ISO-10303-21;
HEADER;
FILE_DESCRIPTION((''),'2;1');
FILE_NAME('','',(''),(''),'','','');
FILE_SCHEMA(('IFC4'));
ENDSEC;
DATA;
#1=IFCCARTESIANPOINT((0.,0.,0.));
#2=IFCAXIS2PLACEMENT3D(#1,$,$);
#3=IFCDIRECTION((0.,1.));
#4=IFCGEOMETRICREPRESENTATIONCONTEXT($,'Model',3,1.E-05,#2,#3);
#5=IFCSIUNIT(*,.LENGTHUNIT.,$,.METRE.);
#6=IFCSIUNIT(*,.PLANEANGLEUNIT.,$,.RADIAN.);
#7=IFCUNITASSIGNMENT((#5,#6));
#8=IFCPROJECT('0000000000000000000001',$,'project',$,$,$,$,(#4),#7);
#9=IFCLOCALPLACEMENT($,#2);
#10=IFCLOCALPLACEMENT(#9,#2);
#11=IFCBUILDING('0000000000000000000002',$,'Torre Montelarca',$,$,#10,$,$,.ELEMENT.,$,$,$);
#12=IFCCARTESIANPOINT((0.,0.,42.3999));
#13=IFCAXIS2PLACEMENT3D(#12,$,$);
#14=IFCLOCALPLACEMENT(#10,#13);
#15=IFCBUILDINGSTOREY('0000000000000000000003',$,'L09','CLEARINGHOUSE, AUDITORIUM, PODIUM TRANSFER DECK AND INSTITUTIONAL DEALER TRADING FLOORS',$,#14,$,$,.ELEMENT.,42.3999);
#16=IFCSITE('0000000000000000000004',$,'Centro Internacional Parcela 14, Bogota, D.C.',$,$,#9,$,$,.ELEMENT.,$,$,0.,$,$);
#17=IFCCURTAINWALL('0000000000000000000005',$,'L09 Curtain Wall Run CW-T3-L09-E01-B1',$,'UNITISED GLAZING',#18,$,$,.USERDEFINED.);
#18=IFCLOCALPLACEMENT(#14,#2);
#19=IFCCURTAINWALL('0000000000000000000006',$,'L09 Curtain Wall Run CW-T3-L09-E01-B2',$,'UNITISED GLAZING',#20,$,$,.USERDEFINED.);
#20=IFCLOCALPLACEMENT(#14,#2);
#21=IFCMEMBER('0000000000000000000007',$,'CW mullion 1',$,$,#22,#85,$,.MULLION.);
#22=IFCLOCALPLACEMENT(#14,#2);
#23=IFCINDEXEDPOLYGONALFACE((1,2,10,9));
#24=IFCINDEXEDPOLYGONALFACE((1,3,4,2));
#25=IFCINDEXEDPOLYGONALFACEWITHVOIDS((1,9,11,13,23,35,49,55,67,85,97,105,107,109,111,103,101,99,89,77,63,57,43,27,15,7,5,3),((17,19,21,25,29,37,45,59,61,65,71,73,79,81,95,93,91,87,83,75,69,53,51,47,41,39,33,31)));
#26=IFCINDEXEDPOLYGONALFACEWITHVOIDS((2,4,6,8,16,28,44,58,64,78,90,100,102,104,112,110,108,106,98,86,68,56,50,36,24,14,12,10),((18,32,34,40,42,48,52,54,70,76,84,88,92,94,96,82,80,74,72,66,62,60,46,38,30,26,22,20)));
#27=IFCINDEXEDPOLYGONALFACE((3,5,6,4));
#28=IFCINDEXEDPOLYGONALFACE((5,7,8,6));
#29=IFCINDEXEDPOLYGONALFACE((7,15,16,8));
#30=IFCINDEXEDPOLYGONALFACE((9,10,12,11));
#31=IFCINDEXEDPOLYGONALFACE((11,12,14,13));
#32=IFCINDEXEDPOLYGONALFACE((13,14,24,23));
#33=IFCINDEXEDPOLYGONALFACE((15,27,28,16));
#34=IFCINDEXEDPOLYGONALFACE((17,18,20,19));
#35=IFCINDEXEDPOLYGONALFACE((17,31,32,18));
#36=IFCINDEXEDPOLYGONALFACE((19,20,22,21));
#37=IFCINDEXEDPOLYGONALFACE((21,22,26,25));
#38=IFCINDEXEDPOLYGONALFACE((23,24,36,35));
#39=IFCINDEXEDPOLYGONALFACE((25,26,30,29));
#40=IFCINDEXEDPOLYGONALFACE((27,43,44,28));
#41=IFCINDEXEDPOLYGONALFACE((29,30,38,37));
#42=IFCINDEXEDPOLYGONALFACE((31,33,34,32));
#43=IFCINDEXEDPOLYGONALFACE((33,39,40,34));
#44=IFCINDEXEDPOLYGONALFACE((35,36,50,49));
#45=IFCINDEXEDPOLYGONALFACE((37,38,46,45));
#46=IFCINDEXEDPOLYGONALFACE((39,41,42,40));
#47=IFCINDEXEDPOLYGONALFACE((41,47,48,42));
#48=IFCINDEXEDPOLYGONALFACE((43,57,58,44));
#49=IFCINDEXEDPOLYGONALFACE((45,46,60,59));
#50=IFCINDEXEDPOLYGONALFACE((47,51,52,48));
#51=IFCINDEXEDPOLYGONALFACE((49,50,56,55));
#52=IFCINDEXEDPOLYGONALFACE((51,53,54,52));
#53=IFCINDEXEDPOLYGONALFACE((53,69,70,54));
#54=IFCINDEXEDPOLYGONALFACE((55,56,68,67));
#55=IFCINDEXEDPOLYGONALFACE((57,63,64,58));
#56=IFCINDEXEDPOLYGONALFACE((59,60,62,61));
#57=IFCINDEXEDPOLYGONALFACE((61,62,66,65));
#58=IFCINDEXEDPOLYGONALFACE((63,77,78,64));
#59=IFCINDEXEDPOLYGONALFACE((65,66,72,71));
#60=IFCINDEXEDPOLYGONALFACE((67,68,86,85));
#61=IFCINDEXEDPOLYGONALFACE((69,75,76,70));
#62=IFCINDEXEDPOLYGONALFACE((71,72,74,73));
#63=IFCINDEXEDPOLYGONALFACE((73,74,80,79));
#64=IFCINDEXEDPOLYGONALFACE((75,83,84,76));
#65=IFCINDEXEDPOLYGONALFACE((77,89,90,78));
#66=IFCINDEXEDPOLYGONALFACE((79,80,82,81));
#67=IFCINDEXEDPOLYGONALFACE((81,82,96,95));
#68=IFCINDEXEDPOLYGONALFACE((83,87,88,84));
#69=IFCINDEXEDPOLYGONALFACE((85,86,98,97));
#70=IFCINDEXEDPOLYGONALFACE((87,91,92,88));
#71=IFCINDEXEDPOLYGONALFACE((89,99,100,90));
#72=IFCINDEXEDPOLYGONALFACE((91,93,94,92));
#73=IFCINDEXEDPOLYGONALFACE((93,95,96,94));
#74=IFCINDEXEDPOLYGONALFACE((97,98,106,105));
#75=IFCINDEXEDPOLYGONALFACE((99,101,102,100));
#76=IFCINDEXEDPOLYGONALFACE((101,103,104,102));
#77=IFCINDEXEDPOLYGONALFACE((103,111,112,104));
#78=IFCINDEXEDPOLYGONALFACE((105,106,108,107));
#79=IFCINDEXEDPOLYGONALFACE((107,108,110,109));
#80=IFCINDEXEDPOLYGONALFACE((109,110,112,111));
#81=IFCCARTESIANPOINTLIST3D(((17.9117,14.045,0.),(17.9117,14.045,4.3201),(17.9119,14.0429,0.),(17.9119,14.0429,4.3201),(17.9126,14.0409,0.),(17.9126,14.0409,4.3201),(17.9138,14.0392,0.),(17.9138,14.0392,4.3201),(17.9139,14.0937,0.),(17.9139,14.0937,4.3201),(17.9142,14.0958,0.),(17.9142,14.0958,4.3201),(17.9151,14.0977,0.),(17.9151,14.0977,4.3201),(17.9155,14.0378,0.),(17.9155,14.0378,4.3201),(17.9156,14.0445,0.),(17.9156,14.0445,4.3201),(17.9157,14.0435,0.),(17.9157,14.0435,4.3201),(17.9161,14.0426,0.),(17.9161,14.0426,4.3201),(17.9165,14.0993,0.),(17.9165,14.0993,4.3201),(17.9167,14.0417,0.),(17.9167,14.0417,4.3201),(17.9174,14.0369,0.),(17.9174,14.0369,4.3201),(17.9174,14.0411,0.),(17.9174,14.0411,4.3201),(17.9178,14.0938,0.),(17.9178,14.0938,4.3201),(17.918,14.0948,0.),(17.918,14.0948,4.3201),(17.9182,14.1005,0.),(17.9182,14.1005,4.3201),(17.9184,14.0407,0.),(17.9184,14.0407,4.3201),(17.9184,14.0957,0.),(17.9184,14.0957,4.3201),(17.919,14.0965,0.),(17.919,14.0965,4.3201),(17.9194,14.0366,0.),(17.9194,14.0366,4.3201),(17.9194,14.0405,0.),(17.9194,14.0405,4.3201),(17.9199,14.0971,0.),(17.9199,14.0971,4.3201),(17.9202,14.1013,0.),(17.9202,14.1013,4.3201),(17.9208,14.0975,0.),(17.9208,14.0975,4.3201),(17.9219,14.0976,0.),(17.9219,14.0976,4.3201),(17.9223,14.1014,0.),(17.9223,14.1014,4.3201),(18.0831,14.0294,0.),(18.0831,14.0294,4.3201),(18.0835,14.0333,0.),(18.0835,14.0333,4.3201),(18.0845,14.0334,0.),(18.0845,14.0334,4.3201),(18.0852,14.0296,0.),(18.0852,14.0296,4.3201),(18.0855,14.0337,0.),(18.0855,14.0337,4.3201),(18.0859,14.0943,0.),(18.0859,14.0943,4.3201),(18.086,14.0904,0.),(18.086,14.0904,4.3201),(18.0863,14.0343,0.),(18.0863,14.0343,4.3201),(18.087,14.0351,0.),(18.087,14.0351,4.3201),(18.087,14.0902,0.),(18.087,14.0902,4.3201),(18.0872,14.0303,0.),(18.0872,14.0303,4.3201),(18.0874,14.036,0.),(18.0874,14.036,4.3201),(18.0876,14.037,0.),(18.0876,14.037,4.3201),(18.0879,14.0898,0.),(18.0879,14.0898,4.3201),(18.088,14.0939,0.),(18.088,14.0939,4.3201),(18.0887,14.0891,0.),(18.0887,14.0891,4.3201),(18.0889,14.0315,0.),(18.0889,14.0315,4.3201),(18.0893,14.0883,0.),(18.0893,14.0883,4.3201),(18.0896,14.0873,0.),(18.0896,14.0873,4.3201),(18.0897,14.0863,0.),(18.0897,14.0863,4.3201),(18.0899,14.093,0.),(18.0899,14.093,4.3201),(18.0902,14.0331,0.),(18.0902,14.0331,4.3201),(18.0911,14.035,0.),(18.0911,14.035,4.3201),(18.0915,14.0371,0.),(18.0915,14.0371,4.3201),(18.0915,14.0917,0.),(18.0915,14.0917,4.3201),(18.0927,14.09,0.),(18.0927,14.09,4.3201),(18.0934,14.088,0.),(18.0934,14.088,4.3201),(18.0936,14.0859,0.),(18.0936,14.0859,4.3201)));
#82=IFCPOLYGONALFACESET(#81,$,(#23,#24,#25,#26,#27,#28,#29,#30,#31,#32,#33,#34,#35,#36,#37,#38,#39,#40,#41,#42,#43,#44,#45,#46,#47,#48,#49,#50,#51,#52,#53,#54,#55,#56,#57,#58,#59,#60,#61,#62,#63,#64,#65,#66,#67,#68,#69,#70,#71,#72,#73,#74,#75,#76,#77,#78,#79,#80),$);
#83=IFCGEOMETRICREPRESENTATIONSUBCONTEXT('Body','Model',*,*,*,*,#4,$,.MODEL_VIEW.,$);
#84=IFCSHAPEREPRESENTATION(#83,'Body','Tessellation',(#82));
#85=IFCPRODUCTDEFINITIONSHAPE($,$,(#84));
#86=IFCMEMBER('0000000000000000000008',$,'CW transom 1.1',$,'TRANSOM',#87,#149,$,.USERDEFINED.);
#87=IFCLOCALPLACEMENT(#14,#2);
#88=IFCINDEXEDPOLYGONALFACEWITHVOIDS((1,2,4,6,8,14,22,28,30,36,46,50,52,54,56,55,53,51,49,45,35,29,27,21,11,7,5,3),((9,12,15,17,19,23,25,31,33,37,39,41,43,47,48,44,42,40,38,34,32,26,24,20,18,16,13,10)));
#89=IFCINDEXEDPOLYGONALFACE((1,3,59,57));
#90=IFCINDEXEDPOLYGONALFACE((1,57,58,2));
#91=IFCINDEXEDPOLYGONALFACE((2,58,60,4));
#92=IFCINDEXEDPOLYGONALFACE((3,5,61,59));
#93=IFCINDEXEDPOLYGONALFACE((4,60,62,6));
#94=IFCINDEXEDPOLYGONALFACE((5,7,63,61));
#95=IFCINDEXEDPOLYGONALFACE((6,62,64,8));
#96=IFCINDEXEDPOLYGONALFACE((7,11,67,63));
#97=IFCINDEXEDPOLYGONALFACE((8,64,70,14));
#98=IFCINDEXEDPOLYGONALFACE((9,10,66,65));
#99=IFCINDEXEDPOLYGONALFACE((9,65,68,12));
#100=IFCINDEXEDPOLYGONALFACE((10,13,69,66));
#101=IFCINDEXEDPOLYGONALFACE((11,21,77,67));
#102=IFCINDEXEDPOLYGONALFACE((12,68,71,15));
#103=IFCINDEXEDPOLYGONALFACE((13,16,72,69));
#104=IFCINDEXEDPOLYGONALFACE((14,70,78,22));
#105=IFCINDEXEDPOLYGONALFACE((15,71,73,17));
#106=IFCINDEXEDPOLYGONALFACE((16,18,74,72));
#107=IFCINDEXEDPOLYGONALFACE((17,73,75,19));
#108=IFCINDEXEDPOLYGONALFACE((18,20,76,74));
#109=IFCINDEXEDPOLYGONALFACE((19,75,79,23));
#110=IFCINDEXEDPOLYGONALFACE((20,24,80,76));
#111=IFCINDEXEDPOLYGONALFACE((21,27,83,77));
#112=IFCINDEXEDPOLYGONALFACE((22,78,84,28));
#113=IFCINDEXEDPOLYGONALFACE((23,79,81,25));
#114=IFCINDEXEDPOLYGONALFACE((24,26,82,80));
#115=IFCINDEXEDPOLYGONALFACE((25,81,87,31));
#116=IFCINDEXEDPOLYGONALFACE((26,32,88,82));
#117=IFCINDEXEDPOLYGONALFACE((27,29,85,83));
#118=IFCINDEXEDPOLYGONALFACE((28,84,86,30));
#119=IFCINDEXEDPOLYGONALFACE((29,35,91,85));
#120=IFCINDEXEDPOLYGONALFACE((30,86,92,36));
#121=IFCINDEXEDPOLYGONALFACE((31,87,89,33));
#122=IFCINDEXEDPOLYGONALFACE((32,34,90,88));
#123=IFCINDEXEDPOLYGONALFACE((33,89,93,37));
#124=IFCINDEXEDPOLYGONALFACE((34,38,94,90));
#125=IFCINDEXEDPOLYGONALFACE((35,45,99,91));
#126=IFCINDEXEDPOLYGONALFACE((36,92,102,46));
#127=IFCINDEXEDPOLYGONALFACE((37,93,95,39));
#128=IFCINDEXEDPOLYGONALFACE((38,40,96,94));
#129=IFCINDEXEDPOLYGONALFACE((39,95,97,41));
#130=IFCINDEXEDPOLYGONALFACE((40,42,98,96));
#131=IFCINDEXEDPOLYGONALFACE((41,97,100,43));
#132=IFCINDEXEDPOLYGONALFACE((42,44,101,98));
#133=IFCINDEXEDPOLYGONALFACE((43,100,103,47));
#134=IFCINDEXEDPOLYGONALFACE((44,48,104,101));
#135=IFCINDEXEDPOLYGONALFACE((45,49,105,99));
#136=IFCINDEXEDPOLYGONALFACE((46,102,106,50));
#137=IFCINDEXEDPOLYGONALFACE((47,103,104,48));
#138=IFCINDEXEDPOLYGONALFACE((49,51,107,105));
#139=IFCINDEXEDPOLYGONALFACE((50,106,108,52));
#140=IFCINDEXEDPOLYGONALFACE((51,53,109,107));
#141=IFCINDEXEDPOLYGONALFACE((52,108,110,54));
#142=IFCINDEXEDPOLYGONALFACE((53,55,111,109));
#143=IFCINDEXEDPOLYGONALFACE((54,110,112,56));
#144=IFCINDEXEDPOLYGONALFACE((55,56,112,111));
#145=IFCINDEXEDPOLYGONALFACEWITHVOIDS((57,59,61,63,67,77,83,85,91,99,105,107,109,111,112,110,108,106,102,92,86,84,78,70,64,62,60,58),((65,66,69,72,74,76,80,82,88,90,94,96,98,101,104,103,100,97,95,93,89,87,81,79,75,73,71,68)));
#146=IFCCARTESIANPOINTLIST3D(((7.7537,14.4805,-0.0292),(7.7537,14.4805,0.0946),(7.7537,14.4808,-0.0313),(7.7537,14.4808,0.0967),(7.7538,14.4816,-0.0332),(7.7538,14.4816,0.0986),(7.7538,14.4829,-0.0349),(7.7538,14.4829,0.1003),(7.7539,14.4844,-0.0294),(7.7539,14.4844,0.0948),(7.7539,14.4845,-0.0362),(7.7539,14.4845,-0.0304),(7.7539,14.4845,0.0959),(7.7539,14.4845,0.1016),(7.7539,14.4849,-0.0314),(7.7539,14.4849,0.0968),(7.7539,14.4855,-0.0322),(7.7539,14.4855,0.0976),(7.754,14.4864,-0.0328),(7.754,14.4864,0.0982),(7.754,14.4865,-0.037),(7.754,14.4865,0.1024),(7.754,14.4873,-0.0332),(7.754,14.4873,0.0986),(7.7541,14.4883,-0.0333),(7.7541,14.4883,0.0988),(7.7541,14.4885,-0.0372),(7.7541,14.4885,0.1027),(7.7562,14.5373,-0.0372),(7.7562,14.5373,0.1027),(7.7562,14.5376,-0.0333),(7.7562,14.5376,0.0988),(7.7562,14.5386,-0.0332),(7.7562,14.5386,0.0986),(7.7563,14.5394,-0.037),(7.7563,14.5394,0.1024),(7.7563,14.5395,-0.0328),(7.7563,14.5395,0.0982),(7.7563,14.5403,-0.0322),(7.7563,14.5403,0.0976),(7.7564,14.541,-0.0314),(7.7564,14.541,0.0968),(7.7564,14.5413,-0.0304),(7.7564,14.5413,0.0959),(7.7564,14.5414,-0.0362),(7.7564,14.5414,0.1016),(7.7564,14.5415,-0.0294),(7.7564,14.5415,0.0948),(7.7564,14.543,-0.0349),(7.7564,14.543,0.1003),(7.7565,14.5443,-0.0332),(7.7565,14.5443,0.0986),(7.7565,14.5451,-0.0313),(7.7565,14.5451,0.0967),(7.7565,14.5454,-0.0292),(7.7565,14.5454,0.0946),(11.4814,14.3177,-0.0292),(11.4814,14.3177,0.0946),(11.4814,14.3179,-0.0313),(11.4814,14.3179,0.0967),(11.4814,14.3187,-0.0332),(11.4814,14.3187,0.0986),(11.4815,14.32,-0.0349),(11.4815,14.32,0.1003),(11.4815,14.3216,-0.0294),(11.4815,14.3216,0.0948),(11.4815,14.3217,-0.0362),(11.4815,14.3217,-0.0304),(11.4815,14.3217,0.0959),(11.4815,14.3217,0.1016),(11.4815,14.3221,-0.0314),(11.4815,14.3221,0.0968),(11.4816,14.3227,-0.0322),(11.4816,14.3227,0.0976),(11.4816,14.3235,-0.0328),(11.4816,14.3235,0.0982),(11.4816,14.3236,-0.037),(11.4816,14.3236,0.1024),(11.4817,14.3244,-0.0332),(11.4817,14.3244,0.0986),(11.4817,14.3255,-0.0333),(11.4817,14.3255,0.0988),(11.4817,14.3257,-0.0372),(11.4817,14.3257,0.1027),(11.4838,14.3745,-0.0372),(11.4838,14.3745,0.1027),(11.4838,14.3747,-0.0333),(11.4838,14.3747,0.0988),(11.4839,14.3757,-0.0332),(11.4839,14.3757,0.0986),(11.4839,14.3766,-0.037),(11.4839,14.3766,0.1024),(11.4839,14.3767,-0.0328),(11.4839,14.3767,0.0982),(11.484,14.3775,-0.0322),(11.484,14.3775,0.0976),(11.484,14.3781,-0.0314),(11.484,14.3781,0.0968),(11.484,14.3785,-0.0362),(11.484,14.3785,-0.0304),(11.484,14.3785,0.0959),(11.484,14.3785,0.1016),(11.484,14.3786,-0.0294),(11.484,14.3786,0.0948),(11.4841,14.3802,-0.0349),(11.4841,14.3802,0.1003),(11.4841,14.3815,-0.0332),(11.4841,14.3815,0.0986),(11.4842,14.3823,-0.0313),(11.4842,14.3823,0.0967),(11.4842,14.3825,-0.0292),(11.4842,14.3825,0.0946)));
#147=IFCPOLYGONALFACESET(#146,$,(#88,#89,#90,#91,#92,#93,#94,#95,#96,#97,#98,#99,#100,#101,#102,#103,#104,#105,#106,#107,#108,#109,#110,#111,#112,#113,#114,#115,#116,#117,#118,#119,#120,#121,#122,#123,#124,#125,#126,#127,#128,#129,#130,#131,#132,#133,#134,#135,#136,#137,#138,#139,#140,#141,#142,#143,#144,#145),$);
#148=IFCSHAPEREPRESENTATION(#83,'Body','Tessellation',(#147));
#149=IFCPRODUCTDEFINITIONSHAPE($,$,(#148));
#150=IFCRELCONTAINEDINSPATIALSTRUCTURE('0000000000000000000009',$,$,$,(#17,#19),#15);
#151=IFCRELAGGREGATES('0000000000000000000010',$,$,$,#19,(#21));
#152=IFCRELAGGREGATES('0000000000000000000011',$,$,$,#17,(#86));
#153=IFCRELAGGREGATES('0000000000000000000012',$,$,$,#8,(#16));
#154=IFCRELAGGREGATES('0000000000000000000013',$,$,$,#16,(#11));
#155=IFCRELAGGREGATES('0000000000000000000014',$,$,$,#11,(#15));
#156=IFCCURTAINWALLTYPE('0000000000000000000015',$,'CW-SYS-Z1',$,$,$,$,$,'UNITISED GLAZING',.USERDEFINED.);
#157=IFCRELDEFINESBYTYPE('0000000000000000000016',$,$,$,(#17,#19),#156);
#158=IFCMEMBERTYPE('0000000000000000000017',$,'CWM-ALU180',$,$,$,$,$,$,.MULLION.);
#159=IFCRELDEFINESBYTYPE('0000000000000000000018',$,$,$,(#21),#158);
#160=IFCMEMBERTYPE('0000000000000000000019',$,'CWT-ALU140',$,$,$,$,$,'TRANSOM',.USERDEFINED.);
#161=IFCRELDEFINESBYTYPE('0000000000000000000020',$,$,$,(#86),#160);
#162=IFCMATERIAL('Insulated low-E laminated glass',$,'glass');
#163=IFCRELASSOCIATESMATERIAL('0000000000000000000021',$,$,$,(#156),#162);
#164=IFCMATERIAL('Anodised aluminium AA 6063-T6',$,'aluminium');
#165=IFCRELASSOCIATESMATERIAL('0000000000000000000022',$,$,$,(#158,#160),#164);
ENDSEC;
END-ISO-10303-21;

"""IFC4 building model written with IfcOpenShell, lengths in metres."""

from ifc_helpers import new_model, si_unit, direction, frame, origin, origin_2d, place, context, subcontext, project, spatial, hollow_rectangle, extrude, source, transform, mapped, material, material_profile, profile_set, type_object, element, aggregate, save


model = new_model("IFC4")

# Units and contexts
model_context = context("Model", 3, precision=1e-05, world=origin(), true_north=direction((0.0, 1.0)))
body_context = subcontext(model_context, "Body", "Model", "MODEL_VIEW")
ifc_project = project(units=[si_unit("LENGTHUNIT", "METRE"), si_unit("PLANEANGLEUNIT", "RADIAN")], contexts=[model_context])

# Site, building, storey
site_placement = place(None, origin())
site = spatial("IfcSite", under=ifc_project, at=site_placement, Name="Centro Internacional Parcela 14, Bogota, D.C.", CompositionType="ELEMENT", RefElevation=0.0)
building_placement = place(site_placement, origin())
building = spatial("IfcBuilding", under=site, at=building_placement, Name="Torre Montelarca", CompositionType="ELEMENT")
storey_placement = place(building_placement, frame((0.0, 0.0, 42.3999)))
storey = spatial("IfcBuildingStorey", under=building, at=storey_placement, Name="L09", Description="CLEARINGHOUSE, AUDITORIUM, PODIUM TRANSFER DECK AND INSTITUTIONAL DEALER TRADING FLOORS", CompositionType="ELEMENT", Elevation=42.3999)

# Curtain wall
ifc_material_1 = material(Name="Insulated low-E laminated glass", Category="glass")
curtain_wall_type = type_object("IfcCurtainWallType", Name="CW-SYS-Z1", ElementType="UNITISED GLAZING", PredefinedType="USERDEFINED", material=ifc_material_1)
curtain_wall_1_placement = place(storey_placement, origin())
curtain_wall_1 = element("IfcCurtainWall", 1, at=curtain_wall_1_placement, inside=storey, type_object=curtain_wall_type, Name="L09 Curtain Wall Run CW-T3-L09-E01-B1", ObjectType="UNITISED GLAZING", PredefinedType="USERDEFINED")
ifc_material_2 = material(Name="Anodised aluminium AA 6063-T6", Category="aluminium")
ifc_material_profile_1 = material_profile(ifc_material_2, hollow_rectangle(XDim=0.0649, YDim=0.1799, WallThickness=0.0039, InnerFilletRadius=0.0039, OuterFilletRadius=0.0081, at=origin_2d()), Name="ALU65X180X4", Category="aluminium")
ifc_profile_set_1 = profile_set([ifc_material_profile_1], Name="Anodised aluminium AA 6063-T6")
member_type_1 = type_object("IfcMemberType", Name="CWM-ALU180", PredefinedType="MULLION", material=ifc_profile_set_1)
shared_shape_1 = source(origin(), body_context, "Body", "SweptSolid", [
    extrude(hollow_rectangle(XDim=0.0649, YDim=0.1799, WallThickness=0.0039, InnerFilletRadius=0.0039, OuterFilletRadius=0.0081, at=origin_2d()), origin(), (0.0, 0.0, 1.0), 4.3201),
])

# Curtain wall, member
curtain_wall_2_placement = place(storey_placement, origin())
curtain_wall_2 = element("IfcCurtainWall", 2, at=curtain_wall_2_placement, inside=storey, type_object=curtain_wall_type, Name="L09 Curtain Wall Run CW-T3-L09-E01-B2", ObjectType="UNITISED GLAZING", PredefinedType="USERDEFINED")
member_1_placement = place(storey_placement, frame((18.0027, 14.0654, 0.0), z_axis=(0.0, 0.0, 1.0), x_axis=(0.04362, 0.999048, 0.0)))
member_1 = element("IfcMember", 3, at=member_1_placement, type_object=member_type_1, Name="CW mullion 1", PredefinedType="MULLION", context=body_context, shape_type="MappedRepresentation", body=[
    mapped(shared_shape_1, transform((0.0, 0.0, 0.0), scale=1.0)),
])

# Member
ifc_material_profile_2 = material_profile(ifc_material_2, hollow_rectangle(XDim=0.0649, YDim=0.1399, WallThickness=0.0039, InnerFilletRadius=0.0039, OuterFilletRadius=0.0081, at=origin_2d()), Name="ALU65X140X4", Category="aluminium")
ifc_profile_set_2 = profile_set([ifc_material_profile_2], Name="Anodised aluminium AA 6063-T6")
member_type_2 = type_object("IfcMemberType", Name="CWT-ALU140", ElementType="TRANSOM", PredefinedType="USERDEFINED", material=ifc_profile_set_2)
shared_shape_2 = source(origin(), body_context, "Body", "SweptSolid", [
    extrude(hollow_rectangle(XDim=0.0649, YDim=0.1399, WallThickness=0.0039, InnerFilletRadius=0.0039, OuterFilletRadius=0.0081, at=origin_2d()), origin(), (0.0, 0.0, 1.0), 3.7312),
])
member_2_placement = place(storey_placement, frame((7.7551, 14.5129, 0.0327), z_axis=(0.999047, -0.043645, 0.0), x_axis=(0.043645, 0.999047, 0.0)))
member_2 = element("IfcMember", 4, at=member_2_placement, type_object=member_type_2, Name="CW transom 1.1", ObjectType="TRANSOM", PredefinedType="USERDEFINED", context=body_context, shape_type="MappedRepresentation", body=[
    mapped(shared_shape_2, transform((0.0, 0.0, 0.0), scale=1.0)),
])
aggregate(curtain_wall_2, [member_1])

aggregate(curtain_wall_1, [member_2])

save(model, "model.ifc")
